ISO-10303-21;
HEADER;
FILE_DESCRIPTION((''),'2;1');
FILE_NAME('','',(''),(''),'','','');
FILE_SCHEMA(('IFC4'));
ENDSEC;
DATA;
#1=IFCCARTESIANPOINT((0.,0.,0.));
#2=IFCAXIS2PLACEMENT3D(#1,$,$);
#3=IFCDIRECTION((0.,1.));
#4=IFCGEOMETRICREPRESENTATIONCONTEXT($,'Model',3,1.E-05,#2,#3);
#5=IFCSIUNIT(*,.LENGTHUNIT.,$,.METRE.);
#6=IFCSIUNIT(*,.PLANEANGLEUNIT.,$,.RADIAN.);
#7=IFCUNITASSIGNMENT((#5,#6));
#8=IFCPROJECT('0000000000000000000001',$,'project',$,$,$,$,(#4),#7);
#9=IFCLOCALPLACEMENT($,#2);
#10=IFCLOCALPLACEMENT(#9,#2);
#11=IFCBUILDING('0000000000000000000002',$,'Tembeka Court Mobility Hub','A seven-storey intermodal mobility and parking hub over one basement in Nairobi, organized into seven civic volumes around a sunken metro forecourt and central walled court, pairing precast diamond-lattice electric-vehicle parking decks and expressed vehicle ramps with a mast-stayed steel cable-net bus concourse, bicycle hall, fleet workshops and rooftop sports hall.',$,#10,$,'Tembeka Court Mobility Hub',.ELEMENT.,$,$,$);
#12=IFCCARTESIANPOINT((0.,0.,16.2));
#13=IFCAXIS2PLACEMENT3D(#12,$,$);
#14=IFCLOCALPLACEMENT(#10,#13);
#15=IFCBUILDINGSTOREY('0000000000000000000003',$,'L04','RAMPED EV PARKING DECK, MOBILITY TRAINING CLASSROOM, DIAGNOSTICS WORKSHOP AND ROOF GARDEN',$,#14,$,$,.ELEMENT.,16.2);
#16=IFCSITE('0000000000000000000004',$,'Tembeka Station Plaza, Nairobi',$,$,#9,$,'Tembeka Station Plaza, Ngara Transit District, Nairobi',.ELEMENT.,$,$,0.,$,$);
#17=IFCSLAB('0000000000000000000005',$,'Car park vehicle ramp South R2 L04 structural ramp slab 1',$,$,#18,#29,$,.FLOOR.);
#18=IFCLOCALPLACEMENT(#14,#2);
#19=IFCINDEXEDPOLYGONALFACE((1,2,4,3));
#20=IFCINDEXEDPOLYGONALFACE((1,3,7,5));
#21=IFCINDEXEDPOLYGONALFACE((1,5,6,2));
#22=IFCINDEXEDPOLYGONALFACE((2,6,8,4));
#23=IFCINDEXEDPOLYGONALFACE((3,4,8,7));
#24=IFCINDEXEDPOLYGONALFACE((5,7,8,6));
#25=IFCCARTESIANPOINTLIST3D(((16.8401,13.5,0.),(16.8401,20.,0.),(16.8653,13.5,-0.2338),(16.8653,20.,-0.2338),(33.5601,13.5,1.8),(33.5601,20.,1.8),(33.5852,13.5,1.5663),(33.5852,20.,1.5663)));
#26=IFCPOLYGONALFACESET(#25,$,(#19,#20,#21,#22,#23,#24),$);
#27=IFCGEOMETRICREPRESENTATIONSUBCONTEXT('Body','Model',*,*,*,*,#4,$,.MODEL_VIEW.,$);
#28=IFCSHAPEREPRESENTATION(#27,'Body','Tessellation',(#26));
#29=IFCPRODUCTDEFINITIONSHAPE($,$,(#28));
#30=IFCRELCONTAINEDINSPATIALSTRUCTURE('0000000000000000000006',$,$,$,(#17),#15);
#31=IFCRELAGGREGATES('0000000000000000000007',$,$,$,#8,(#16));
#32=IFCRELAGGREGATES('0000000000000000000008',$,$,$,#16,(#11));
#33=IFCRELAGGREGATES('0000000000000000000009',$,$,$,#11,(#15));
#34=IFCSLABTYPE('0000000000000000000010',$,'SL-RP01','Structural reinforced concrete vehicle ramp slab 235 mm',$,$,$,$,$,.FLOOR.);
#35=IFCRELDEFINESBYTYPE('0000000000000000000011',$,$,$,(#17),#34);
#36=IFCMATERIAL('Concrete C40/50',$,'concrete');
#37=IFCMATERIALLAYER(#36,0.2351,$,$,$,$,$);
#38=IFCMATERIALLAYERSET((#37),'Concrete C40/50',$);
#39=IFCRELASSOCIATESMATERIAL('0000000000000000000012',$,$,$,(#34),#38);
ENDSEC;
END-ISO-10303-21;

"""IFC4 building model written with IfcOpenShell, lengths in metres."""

from ifc_helpers import new_model, si_unit, direction, frame, origin, place, context, subcontext, project, spatial, polyline, outline, extrude, material, layer, layer_set, type_object, element, save


model = new_model("IFC4")

# Units and contexts
model_context = context("Model", 3, precision=1e-05, world=origin(), true_north=direction((0.0, 1.0)))
body_context = subcontext(model_context, "Body", "Model", "MODEL_VIEW")
ifc_project = project(units=[si_unit("LENGTHUNIT", "METRE"), si_unit("PLANEANGLEUNIT", "RADIAN")], contexts=[model_context])

# Site, building, storey
site_placement = place(None, origin())
site = spatial("IfcSite", under=ifc_project, at=site_placement, Name="Tembeka Station Plaza, Nairobi", LongName="Tembeka Station Plaza, Ngara Transit District, Nairobi", CompositionType="ELEMENT", RefElevation=0.0)
building_placement = place(site_placement, origin())
building = spatial("IfcBuilding", under=site, at=building_placement, Name="Tembeka Court Mobility Hub", Description="A seven-storey intermodal mobility and parking hub over one basement in Nairobi, organized into seven civic volumes around a sunken metro forecourt and central walled court, pairing precast diamond-lattice electric-vehicle parking decks and expressed vehicle ramps with a mast-stayed steel cable-net bus concourse, bicycle hall, fleet workshops and rooftop sports hall.", LongName="Tembeka Court Mobility Hub", CompositionType="ELEMENT")
storey_placement = place(building_placement, frame((0.0, 0.0, 16.2)))
storey = spatial("IfcBuildingStorey", under=building, at=storey_placement, Name="L04", Description="RAMPED EV PARKING DECK, MOBILITY TRAINING CLASSROOM, DIAGNOSTICS WORKSHOP AND ROOF GARDEN", CompositionType="ELEMENT", Elevation=16.2)

# Slab
ifc_material_1 = material(Name="Concrete C40/50", Category="concrete")
ifc_layer_1 = layer(ifc_material_1, 0.2351)
ifc_layer_set_1 = layer_set([ifc_layer_1], Name="Concrete C40/50")
slab_type = type_object("IfcSlabType", Name="SL-RP01", Description="Structural reinforced concrete vehicle ramp slab 235 mm", PredefinedType="FLOOR", material=ifc_layer_set_1)
slab_placement = place(storey_placement, frame((16.8401, 13.5, 0.0), z_axis=(-0.10704, 0.0, 0.994255), x_axis=(0.994255, 0.0, 0.10704)))
element("IfcSlab", 1, at=slab_placement, inside=storey, type_object=slab_type, Name="Car park vehicle ramp South R2 L04 structural ramp slab 1", PredefinedType="FLOOR", context=body_context, shape_type="SweptSolid", body=[
    extrude(outline(polyline([(0.0, 0.0), (16.8166, 0.0), (16.8166, 6.5), (0.0, 6.5), (0.0, 0.0)])), origin(), (0.0, 0.0, -1.0), 0.2351),
])

save(model, "model.ifc")
